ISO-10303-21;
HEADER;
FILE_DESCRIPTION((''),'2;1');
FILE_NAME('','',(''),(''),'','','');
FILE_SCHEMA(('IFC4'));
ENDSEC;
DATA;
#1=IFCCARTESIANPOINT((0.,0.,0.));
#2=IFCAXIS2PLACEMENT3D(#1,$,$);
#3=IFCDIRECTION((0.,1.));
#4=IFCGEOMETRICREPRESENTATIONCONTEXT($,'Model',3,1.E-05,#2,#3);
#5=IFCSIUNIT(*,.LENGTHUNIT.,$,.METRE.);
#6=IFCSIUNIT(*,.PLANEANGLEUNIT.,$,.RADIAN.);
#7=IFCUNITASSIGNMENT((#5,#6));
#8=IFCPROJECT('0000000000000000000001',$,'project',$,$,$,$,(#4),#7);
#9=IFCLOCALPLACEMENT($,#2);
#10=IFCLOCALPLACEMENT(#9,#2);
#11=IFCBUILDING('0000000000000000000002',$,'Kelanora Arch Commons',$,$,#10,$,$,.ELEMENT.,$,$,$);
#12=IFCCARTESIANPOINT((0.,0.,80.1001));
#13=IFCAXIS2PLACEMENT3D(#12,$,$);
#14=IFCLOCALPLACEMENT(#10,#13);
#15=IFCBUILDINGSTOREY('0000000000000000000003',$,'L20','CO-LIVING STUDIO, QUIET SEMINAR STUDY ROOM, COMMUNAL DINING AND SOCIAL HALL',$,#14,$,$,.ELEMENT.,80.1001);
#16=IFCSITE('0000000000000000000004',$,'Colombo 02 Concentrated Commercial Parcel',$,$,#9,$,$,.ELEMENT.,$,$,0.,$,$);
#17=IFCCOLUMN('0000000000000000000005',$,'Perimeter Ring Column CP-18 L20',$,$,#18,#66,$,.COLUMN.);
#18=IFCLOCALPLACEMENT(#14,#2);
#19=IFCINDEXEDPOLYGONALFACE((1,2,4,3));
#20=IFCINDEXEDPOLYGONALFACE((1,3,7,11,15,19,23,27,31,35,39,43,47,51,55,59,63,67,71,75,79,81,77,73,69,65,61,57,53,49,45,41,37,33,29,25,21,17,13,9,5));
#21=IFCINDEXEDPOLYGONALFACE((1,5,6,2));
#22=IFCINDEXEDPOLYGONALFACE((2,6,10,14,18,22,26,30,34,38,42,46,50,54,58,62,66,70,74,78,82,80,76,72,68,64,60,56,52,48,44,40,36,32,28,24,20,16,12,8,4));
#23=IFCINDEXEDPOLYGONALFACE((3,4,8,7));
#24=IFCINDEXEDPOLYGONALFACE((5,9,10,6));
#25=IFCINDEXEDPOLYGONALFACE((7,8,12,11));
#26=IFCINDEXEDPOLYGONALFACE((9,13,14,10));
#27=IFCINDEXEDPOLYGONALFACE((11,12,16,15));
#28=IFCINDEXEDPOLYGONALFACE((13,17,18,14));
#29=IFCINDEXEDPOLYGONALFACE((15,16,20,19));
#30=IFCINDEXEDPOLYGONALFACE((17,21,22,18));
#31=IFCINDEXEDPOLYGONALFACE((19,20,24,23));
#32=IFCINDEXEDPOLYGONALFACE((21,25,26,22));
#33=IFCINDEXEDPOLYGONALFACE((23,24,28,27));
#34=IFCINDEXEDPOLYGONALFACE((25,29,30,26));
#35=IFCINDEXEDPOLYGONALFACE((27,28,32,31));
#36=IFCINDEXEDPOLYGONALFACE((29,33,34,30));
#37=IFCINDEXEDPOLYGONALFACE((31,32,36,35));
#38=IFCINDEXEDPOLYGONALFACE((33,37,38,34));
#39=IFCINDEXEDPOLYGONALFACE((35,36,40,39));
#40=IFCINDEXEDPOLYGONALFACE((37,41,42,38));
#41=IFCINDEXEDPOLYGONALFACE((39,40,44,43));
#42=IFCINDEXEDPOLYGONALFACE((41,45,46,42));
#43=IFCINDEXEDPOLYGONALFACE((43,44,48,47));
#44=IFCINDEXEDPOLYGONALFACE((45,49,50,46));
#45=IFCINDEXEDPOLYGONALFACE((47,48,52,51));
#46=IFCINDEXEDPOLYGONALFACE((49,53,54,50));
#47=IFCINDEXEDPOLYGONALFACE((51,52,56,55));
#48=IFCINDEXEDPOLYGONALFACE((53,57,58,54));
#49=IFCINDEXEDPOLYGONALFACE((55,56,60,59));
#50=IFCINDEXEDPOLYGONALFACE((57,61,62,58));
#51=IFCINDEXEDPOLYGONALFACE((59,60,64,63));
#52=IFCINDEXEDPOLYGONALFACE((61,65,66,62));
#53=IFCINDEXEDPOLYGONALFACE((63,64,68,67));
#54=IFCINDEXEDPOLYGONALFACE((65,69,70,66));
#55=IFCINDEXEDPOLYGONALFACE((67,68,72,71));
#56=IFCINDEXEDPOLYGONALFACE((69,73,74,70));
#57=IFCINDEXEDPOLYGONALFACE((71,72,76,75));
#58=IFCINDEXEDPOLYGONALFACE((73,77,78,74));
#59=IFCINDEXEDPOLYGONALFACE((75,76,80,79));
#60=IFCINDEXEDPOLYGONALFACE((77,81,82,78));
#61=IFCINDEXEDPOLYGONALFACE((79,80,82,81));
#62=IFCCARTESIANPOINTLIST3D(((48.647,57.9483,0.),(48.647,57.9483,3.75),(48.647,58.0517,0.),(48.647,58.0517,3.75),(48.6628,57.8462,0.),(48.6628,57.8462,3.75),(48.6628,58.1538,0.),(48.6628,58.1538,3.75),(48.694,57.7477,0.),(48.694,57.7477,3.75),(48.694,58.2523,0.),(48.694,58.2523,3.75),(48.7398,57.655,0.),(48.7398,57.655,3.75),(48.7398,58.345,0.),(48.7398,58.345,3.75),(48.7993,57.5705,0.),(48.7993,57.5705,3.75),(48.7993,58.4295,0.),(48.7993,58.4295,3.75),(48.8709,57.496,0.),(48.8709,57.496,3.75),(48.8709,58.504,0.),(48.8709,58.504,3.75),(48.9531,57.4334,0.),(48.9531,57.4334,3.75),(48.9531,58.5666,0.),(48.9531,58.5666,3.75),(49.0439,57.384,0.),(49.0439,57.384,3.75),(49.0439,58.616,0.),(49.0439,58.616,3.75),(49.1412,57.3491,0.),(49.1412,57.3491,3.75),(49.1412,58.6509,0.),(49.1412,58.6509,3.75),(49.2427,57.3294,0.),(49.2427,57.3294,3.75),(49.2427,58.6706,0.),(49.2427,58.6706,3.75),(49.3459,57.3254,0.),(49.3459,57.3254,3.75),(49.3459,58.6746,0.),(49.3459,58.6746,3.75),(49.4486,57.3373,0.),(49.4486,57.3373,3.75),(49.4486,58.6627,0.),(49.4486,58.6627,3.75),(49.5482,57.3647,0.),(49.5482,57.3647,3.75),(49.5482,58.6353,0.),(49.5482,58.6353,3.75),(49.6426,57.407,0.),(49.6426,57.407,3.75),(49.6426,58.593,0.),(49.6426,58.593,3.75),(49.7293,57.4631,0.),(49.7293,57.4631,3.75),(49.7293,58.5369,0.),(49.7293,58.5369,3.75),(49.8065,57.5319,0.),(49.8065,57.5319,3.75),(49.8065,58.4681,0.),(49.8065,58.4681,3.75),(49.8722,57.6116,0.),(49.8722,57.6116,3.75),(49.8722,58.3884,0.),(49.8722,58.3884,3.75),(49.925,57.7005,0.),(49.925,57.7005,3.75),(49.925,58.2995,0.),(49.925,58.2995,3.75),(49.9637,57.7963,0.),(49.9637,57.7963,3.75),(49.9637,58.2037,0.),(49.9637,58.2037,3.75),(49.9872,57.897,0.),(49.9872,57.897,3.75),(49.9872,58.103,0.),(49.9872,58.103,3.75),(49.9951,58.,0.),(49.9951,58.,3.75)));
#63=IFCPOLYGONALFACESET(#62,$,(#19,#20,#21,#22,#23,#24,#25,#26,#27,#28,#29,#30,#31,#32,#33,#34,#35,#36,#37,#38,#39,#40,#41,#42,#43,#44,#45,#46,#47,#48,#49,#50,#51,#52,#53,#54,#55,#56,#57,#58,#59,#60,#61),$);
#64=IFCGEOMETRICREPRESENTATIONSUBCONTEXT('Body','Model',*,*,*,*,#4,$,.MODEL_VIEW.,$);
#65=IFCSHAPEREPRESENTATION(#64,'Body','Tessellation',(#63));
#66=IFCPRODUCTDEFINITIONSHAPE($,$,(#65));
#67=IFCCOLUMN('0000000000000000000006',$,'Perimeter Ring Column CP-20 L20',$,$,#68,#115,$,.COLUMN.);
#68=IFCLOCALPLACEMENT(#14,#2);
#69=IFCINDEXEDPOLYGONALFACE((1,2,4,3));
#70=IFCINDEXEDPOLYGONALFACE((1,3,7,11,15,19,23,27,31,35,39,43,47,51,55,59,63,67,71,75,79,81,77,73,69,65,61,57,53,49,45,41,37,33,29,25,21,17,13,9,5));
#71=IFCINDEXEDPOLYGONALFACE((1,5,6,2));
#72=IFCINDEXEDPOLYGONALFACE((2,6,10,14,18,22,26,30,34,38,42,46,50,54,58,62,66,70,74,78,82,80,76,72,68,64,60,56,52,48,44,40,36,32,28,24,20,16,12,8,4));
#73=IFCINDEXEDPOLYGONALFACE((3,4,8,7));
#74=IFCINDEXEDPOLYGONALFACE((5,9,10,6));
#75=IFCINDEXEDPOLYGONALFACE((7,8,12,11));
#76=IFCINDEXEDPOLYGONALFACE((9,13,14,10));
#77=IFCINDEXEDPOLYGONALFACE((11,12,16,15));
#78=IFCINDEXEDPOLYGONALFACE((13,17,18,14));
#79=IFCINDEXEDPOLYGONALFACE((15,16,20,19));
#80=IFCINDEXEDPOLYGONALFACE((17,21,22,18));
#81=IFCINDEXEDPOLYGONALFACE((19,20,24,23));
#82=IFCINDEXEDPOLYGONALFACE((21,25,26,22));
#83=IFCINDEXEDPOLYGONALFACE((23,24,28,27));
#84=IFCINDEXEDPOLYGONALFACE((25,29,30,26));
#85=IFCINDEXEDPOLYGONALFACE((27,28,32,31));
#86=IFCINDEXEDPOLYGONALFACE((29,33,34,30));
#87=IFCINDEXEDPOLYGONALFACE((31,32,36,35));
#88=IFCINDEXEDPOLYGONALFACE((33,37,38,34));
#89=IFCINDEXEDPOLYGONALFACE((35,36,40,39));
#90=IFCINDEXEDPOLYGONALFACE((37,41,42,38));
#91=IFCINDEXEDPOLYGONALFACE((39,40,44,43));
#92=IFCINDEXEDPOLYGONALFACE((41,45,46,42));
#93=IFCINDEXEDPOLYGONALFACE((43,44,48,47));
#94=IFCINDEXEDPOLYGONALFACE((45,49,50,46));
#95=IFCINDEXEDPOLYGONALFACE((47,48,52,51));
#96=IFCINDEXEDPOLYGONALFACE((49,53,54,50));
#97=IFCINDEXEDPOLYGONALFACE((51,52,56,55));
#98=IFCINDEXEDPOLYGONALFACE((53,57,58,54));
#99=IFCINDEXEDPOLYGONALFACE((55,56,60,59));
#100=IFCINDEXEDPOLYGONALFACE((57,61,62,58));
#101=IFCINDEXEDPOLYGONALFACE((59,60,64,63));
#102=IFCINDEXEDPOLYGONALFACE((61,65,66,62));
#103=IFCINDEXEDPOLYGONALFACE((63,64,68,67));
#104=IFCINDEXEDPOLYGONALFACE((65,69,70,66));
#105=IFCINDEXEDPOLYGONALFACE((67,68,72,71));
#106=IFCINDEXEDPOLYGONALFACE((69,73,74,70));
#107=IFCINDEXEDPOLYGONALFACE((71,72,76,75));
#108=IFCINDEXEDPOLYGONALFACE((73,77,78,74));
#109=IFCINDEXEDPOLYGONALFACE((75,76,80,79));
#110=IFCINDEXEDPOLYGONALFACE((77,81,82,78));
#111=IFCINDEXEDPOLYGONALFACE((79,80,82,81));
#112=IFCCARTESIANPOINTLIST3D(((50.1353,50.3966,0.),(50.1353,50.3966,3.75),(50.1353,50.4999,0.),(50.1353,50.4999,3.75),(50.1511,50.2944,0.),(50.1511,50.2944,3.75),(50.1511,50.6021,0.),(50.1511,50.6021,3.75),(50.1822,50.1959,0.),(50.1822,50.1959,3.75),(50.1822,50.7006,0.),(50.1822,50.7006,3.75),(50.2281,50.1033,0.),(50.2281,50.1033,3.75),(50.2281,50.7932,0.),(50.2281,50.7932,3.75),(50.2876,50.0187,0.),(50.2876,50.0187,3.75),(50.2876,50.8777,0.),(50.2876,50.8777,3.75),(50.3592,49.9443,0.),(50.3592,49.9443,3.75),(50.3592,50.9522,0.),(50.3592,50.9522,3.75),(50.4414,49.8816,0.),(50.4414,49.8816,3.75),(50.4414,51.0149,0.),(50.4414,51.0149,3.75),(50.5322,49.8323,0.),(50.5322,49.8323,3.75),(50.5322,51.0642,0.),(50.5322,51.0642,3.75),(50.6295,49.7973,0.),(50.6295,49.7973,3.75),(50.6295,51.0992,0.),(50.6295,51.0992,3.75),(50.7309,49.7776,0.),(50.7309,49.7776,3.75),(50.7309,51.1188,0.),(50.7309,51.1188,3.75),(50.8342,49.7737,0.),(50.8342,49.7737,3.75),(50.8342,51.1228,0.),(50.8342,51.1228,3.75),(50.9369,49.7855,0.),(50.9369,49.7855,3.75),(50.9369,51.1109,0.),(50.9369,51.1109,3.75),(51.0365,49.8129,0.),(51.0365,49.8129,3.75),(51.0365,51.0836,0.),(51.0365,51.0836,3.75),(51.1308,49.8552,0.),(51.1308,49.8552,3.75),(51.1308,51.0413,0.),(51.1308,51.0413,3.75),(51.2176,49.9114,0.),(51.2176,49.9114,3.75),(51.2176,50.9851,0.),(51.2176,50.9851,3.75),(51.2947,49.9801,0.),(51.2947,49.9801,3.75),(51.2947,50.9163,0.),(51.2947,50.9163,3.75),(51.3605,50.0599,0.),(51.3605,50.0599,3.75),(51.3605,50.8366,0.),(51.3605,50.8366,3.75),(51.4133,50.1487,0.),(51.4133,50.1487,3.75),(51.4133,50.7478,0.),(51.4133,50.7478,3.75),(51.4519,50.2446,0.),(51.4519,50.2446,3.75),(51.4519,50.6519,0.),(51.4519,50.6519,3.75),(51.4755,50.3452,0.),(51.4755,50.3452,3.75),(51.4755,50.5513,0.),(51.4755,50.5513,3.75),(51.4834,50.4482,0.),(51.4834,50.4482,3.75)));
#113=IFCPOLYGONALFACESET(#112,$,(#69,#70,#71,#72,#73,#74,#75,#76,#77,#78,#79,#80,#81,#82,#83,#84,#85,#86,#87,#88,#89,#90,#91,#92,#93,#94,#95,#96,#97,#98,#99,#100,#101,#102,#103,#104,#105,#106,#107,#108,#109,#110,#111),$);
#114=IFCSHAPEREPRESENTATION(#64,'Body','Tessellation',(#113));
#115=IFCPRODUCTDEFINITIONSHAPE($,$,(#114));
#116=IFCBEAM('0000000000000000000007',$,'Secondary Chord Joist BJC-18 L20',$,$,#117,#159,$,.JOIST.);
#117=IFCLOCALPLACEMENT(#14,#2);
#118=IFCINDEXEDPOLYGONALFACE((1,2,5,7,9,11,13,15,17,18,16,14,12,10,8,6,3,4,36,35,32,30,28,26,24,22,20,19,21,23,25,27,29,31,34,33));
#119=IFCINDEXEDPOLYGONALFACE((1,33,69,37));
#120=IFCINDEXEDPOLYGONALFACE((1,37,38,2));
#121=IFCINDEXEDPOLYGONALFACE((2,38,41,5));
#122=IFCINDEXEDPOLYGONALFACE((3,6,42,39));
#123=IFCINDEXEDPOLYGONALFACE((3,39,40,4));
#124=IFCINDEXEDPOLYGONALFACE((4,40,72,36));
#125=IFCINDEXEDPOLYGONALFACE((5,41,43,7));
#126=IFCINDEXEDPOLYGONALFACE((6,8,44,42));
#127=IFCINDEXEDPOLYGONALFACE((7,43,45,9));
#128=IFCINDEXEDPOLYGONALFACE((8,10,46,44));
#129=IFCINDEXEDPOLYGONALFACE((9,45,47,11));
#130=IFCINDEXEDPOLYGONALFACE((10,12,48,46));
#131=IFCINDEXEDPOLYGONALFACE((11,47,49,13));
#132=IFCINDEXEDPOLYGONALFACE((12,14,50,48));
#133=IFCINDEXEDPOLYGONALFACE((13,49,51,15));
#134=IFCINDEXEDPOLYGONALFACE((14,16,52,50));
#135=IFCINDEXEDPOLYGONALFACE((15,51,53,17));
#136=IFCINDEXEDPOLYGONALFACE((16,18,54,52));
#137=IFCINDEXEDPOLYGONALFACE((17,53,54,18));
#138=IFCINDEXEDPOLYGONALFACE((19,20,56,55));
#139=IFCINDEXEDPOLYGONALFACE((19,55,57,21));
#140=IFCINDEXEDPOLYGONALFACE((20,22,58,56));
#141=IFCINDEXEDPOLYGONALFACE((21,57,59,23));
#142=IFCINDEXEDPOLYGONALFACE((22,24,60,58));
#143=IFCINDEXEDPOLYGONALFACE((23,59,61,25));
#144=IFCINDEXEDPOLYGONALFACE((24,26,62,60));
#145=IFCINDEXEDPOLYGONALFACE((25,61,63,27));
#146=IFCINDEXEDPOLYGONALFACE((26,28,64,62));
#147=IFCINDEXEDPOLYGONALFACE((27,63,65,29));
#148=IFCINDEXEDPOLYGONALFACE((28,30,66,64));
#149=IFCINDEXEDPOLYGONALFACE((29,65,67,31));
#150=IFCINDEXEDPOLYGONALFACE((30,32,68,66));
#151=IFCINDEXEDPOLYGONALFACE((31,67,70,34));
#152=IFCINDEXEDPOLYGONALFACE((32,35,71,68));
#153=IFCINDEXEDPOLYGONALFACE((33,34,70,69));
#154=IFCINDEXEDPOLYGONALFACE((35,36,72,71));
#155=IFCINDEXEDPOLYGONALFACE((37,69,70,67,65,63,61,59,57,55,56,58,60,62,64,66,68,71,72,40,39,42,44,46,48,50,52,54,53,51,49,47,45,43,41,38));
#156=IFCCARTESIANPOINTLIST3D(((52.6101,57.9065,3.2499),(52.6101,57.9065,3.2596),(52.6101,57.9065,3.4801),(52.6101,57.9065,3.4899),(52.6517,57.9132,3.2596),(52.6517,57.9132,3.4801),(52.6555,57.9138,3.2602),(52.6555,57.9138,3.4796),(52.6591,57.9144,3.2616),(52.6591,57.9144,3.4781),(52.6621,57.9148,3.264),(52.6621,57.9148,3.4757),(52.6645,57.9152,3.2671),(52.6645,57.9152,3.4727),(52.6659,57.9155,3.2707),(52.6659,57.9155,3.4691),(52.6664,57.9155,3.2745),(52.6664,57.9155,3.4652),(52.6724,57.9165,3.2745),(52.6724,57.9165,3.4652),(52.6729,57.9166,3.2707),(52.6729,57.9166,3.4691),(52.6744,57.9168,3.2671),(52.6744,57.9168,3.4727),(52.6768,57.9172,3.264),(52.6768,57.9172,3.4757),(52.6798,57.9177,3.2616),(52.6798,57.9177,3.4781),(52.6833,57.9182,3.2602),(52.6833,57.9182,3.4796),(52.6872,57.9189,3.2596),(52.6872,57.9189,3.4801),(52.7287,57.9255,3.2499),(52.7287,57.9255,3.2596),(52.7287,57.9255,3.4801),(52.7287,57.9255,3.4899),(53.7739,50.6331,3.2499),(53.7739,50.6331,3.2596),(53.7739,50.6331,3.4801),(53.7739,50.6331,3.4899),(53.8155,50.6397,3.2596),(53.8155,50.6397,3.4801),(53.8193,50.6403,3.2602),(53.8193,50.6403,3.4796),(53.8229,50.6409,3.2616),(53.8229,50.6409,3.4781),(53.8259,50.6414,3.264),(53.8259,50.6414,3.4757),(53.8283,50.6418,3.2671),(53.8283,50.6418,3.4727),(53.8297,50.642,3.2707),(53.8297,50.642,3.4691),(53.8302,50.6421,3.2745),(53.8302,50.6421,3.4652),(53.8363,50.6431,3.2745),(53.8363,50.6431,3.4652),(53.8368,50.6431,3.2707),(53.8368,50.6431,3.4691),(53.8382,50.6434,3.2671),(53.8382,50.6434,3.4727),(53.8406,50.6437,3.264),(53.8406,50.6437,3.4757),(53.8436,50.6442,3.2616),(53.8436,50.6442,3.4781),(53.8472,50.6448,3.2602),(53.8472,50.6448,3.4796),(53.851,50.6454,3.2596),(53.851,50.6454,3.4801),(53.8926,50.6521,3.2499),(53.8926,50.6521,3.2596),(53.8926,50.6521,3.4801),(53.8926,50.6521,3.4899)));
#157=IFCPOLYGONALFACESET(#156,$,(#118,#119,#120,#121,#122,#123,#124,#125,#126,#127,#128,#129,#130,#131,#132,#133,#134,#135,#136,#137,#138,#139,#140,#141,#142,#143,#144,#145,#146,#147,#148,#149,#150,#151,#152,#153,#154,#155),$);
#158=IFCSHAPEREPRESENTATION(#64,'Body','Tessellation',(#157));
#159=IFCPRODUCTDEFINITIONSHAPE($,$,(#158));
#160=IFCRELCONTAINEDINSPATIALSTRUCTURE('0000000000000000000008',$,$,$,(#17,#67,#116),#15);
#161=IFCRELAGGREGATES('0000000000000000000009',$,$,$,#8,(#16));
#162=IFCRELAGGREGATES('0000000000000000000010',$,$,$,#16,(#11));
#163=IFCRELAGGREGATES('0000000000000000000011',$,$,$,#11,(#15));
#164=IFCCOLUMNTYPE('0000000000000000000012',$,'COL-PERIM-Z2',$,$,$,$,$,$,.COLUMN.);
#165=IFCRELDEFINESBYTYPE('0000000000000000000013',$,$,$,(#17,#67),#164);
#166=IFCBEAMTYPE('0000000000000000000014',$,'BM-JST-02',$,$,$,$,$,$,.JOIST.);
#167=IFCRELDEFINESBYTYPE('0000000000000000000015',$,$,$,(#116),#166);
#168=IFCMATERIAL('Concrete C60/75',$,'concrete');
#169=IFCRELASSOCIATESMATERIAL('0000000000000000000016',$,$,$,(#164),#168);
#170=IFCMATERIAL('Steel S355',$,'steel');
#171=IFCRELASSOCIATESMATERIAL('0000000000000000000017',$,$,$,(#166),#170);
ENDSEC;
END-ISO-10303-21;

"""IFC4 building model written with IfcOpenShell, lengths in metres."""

from ifc_helpers import new_model, si_unit, direction, frame, origin, origin_2d, place, context, subcontext, project, spatial, circle, i_section, extrude, material, material_profile, profile_set, type_object, element, save


model = new_model("IFC4")

# Units and contexts
model_context = context("Model", 3, precision=1e-05, world=origin(), true_north=direction((0.0, 1.0)))
body_context = subcontext(model_context, "Body", "Model", "MODEL_VIEW")
ifc_project = project(units=[si_unit("LENGTHUNIT", "METRE"), si_unit("PLANEANGLEUNIT", "RADIAN")], contexts=[model_context])

# Site, building, storey
site_placement = place(None, origin())
site = spatial("IfcSite", under=ifc_project, at=site_placement, Name="Colombo 02 Concentrated Commercial Parcel", CompositionType="ELEMENT", RefElevation=0.0)
building_placement = place(site_placement, origin())
building = spatial("IfcBuilding", under=site, at=building_placement, Name="Kelanora Arch Commons", CompositionType="ELEMENT")
storey_placement = place(building_placement, frame((0.0, 0.0, 80.1001)))
storey = spatial("IfcBuildingStorey", under=building, at=storey_placement, Name="L20", Description="CO-LIVING STUDIO, QUIET SEMINAR STUDY ROOM, COMMUNAL DINING AND SOCIAL HALL", CompositionType="ELEMENT", Elevation=80.1001)

# Columns
ifc_material_1 = material(Name="Concrete C60/75", Category="concrete")
ifc_material_profile_1 = material_profile(ifc_material_1, circle(Radius=0.675, at=origin_2d()), Name="RCC1350")
ifc_profile_set_1 = profile_set([ifc_material_profile_1], Name="Concrete C60/75")
column_type = type_object("IfcColumnType", Name="COL-PERIM-Z2", PredefinedType="COLUMN", material=ifc_profile_set_1)
for number, where, z_axis, x_axis, name in (
    (1, (49.3201, 58.0, 0.0), (0.0, 0.0, 1.0), (1.0, 0.0, 0.0), "Perimeter Ring Column CP-18 L20"),
    (2, (50.8083, 50.4482, 0.0), (0.0, 0.0, 1.0), (1.0, 0.0, 0.0), "Perimeter Ring Column CP-20 L20"),
):
    element("IfcColumn", number, at=place(storey_placement, frame(where, z_axis=z_axis, x_axis=x_axis)), inside=storey, type_object=column_type, Name=name, PredefinedType="COLUMN", context=body_context, shape_type="SweptSolid", body=[
        extrude(circle(Radius=0.675, at=origin_2d()), origin(), (0.0, 0.0, 1.0), 3.75),
    ])

# Beam
ifc_material_2 = material(Name="Steel S355", Category="steel")
ifc_material_profile_2 = material_profile(ifc_material_2, i_section(OverallWidth=0.1201, OverallDepth=0.24, WebThickness=0.0061, FlangeThickness=0.0098, FilletRadius=0.0149, at=origin_2d()), Name="IPE240")
ifc_profile_set_2 = profile_set([ifc_material_profile_2], Name="Steel S355")
beam_type_1 = type_object("IfcBeamType", Name="BM-JST-02", PredefinedType="JOIST", material=ifc_profile_set_2)
beam_1_placement = place(storey_placement, frame((52.6694, 57.916, 3.3699), z_axis=(0.158, -0.987439, 0.0), x_axis=(0.987439, 0.158, 0.0)))
element("IfcBeam", 3, at=beam_1_placement, inside=storey, type_object=beam_type_1, Name="Secondary Chord Joist BJC-18 L20", PredefinedType="JOIST", context=body_context, shape_type="SweptSolid", body=[
    extrude(i_section(OverallWidth=0.1201, OverallDepth=0.24, WebThickness=0.0061, FlangeThickness=0.0098, FilletRadius=0.0149, at=origin_2d()), origin(), (0.0, 0.0, 1.0), 7.366),
])

save(model, "model.ifc")
